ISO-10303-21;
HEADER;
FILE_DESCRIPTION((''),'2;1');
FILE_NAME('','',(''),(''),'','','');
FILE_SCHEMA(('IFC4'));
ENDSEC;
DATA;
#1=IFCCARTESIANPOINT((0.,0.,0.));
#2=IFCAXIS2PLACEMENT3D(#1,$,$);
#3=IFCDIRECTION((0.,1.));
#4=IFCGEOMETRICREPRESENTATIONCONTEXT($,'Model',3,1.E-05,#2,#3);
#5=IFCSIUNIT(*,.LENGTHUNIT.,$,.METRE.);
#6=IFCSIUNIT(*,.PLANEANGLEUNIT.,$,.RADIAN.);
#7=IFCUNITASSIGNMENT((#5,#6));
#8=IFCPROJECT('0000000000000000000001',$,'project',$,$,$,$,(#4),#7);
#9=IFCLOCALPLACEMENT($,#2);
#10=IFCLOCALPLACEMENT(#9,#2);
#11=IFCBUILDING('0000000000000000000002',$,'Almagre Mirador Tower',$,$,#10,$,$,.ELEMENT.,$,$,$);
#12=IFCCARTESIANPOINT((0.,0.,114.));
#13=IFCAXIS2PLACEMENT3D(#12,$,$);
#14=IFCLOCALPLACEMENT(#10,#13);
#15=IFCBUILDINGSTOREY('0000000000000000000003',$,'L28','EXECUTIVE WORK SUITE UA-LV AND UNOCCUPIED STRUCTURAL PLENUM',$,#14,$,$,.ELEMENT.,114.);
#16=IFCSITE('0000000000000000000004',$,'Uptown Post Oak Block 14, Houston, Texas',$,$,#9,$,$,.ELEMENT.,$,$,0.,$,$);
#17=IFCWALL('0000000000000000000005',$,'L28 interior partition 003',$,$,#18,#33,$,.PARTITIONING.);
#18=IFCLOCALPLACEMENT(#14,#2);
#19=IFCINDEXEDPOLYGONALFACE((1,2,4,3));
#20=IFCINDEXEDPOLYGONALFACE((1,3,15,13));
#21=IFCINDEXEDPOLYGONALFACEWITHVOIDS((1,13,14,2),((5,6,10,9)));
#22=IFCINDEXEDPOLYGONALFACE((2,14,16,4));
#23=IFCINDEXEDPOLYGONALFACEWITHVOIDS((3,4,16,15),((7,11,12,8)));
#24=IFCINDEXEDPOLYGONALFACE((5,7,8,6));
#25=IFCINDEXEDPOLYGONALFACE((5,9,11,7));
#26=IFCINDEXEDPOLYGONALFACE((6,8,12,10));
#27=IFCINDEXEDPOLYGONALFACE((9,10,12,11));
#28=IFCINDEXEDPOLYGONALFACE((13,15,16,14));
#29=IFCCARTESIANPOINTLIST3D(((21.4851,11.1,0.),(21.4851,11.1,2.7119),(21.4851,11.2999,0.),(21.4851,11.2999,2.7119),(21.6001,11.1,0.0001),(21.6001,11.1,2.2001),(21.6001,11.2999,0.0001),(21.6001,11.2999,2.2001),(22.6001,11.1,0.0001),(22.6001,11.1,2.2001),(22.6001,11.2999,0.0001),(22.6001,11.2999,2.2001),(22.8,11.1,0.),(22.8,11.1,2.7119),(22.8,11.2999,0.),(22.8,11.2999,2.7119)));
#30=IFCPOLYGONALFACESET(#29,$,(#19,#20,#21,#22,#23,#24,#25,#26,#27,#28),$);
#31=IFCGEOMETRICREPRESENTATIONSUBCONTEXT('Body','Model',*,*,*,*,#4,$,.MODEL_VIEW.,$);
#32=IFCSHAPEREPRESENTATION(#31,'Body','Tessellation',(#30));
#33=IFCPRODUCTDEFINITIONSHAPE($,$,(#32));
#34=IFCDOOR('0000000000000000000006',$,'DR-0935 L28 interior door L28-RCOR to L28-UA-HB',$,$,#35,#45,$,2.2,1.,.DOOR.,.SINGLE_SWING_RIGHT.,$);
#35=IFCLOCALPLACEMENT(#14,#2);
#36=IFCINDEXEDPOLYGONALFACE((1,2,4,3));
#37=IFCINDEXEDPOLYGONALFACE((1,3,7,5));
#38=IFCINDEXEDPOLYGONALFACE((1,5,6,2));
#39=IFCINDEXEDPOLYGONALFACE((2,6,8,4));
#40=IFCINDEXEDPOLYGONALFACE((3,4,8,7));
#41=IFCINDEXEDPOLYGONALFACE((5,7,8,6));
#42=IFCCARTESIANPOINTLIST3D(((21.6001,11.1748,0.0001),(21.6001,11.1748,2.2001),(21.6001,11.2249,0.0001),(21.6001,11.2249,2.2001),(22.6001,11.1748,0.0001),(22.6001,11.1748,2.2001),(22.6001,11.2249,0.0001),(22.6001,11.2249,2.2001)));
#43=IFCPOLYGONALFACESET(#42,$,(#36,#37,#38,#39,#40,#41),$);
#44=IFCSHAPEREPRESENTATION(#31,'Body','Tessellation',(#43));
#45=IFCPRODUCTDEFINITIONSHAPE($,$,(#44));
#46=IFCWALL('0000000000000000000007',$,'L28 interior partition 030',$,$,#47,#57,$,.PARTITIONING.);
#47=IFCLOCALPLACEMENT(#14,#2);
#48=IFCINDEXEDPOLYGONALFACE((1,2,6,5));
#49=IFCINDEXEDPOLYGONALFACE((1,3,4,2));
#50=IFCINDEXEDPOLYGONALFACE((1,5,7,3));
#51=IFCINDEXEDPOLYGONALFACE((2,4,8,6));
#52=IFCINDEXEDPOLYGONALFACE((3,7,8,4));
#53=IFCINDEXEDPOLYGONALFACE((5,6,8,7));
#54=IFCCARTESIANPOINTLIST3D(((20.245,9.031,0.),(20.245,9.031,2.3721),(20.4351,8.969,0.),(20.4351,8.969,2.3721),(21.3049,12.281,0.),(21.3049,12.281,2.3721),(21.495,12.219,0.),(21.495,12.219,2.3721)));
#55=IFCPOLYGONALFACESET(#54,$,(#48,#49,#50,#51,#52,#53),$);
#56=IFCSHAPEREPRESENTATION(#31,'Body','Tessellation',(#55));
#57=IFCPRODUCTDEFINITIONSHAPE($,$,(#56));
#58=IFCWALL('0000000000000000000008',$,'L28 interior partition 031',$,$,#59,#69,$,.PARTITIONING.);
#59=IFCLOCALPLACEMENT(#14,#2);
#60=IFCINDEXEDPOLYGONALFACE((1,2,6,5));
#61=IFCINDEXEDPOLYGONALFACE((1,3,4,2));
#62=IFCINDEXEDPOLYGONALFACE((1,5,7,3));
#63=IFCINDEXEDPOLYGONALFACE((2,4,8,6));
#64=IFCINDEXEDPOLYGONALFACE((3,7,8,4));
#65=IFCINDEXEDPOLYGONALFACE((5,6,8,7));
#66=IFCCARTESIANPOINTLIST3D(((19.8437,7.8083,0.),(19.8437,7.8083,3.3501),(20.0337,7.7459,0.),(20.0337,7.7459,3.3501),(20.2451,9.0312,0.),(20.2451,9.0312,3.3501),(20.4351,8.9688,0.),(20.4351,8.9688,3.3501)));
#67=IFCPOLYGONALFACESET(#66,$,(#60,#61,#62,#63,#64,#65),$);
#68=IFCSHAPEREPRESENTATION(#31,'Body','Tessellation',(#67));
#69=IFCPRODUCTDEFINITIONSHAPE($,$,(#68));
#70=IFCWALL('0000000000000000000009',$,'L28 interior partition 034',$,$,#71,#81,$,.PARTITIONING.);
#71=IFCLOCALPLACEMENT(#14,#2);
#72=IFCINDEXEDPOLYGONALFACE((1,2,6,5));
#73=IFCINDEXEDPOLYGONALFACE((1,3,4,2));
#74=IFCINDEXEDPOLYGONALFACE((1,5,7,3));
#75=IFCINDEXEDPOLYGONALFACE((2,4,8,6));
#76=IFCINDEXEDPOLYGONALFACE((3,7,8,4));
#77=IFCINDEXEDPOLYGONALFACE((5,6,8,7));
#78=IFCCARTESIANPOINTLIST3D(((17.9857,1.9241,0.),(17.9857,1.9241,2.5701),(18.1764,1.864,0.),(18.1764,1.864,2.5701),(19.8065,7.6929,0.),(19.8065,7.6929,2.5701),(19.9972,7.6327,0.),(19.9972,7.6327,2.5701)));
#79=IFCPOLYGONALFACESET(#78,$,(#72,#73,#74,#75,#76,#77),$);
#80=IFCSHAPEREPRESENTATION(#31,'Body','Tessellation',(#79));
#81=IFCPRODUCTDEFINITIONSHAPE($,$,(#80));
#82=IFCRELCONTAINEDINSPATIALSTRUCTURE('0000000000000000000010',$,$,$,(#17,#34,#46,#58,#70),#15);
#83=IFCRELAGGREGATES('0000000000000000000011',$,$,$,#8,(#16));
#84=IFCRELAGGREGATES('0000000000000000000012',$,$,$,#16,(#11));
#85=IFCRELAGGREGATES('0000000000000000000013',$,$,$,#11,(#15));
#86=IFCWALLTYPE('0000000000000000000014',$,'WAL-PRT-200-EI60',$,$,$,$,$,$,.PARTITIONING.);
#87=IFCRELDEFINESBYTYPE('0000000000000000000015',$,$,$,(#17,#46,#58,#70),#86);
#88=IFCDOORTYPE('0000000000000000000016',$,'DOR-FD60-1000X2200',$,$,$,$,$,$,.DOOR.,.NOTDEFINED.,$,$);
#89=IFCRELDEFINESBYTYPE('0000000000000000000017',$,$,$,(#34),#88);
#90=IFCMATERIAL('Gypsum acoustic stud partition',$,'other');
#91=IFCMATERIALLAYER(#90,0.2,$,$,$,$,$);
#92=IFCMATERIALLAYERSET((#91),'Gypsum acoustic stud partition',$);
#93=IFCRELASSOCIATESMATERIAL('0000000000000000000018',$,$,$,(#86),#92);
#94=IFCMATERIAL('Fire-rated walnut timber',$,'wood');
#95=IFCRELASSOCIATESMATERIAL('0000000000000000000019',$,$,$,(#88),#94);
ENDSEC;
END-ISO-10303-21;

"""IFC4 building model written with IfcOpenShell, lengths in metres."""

from ifc_helpers import new_model, si_unit, direction, frame, frame_2d, origin, place, context, subcontext, project, spatial, rectangle, extrude, material, layer, layer_set, type_object, element, fill, save


model = new_model("IFC4")

# Units and contexts
model_context = context("Model", 3, precision=1e-05, world=origin(), true_north=direction((0.0, 1.0)))
body_context = subcontext(model_context, "Body", "Model", "MODEL_VIEW")
ifc_project = project(units=[si_unit("LENGTHUNIT", "METRE"), si_unit("PLANEANGLEUNIT", "RADIAN")], contexts=[model_context])

# Site, building, storey
site_placement = place(None, origin())
site = spatial("IfcSite", under=ifc_project, at=site_placement, Name="Uptown Post Oak Block 14, Houston, Texas", CompositionType="ELEMENT", RefElevation=0.0)
building_placement = place(site_placement, origin())
building = spatial("IfcBuilding", under=site, at=building_placement, Name="Almagre Mirador Tower", CompositionType="ELEMENT")
storey_placement = place(building_placement, frame((0.0, 0.0, 114.0)))
storey = spatial("IfcBuildingStorey", under=building, at=storey_placement, Name="L28", Description="EXECUTIVE WORK SUITE UA-LV AND UNOCCUPIED STRUCTURAL PLENUM", CompositionType="ELEMENT", Elevation=114.0)

# Shared definitions
ifc_material_1 = material(Name="Gypsum acoustic stud partition", Category="other")
ifc_layer_1 = layer(ifc_material_1, 0.2)
ifc_layer_set_1 = layer_set([ifc_layer_1], Name="Gypsum acoustic stud partition")
wall_type_1 = type_object("IfcWallType", Name="WAL-PRT-200-EI60", PredefinedType="PARTITIONING", material=ifc_layer_set_1)
ifc_material_2 = material(Name="Fire-rated walnut timber", Category="wood")
door_type_1 = type_object("IfcDoorType", Name="DOR-FD60-1000X2200", OperationType="NOTDEFINED", PredefinedType="DOOR", material=ifc_material_2)

# Wall, opening, door
wall_1_placement = place(storey_placement, frame((21.4851, 11.2, 0.0), z_axis=(0.0, 0.0, 1.0), x_axis=(1.0, 0.0, 0.0)))
wall_1 = element("IfcWall", 1, at=wall_1_placement, inside=storey, type_object=wall_type_1, Name="L28 interior partition 003", PredefinedType="PARTITIONING", context=body_context, shape_type="SweptSolid", body=[
    extrude(rectangle(XDim=1.3149, YDim=0.2, at=frame_2d((0.6575, 0.0))), origin(), (0.0, 0.0, 1.0), 2.7119),
])
opening_1_placement = place(wall_1_placement, frame((0.115, 0.0, 0.0)))
opening_1 = element("IfcOpeningElement", 2, at=opening_1_placement, cuts=wall_1, PredefinedType="OPENING", context=body_context, shape_type="SweptSolid", body=[
    extrude(rectangle(XDim=1.0, YDim=2.2, at=frame_2d((0.5, 1.1001))), frame((0.0, 0.1101, 0.0), z_axis=(0.0, -1.0, 0.0), x_axis=(1.0, 0.0, 0.0)), (0.0, 0.0, 1.0), 0.22),
])
door_1_placement = place(opening_1_placement, origin())
door_1 = element("IfcDoor", 3, at=door_1_placement, inside=storey, type_object=door_type_1, Name="DR-0935 L28 interior door L28-RCOR to L28-UA-HB", OperationType="SINGLE_SWING_RIGHT", OverallHeight=2.2, OverallWidth=1.0, PredefinedType="DOOR", context=body_context, shape_type="SweptSolid", body=[
    extrude(rectangle(XDim=1.0, YDim=2.2, at=frame_2d((0.5, 1.1001))), frame((0.0, 0.0249, 0.0), z_axis=(0.0, -1.0, 0.0), x_axis=(1.0, 0.0, 0.0)), (0.0, 0.0, 1.0), 0.05),
])
fill(opening_1, door_1)

# Walls
wall_2_placement = place(storey_placement, frame((21.3999, 12.25, 0.0), z_axis=(0.0, 0.0, 1.0), x_axis=(-0.310029, -0.950727, 0.0)))
element("IfcWall", 4, at=wall_2_placement, inside=storey, type_object=wall_type_1, Name="L28 interior partition 030", PredefinedType="PARTITIONING", context=body_context, shape_type="SweptSolid", body=[
    extrude(rectangle(XDim=3.4185, YDim=0.2, at=frame_2d((1.7092, 0.0))), origin(), (0.0, 0.0, 1.0), 2.3721),
])
wall_3_placement = place(storey_placement, frame((20.3401, 9.0, 0.0), z_axis=(0.0, 0.0, 1.0), x_axis=(-0.311843, -0.950134, 0.0)))
element("IfcWall", 5, at=wall_3_placement, inside=storey, type_object=wall_type_1, Name="L28 interior partition 031", PredefinedType="PARTITIONING", context=body_context, shape_type="SweptSolid", body=[
    extrude(rectangle(XDim=1.2871, YDim=0.2, at=frame_2d((0.6436, 0.0))), origin(), (0.0, 0.0, 1.0), 3.3501),
])
wall_4_placement = place(storey_placement, frame((19.9019, 7.6628, 0.0), z_axis=(0.0, 0.0, 1.0), x_axis=(-0.300992, -0.953627, 0.0)))
element("IfcWall", 6, at=wall_4_placement, inside=storey, type_object=wall_type_1, Name="L28 interior partition 034", PredefinedType="PARTITIONING", context=body_context, shape_type="SweptSolid", body=[
    extrude(rectangle(XDim=6.0493, YDim=0.2, at=frame_2d((3.0247, 0.0))), origin(), (0.0, 0.0, 1.0), 2.5701),
])

save(model, "model.ifc")
